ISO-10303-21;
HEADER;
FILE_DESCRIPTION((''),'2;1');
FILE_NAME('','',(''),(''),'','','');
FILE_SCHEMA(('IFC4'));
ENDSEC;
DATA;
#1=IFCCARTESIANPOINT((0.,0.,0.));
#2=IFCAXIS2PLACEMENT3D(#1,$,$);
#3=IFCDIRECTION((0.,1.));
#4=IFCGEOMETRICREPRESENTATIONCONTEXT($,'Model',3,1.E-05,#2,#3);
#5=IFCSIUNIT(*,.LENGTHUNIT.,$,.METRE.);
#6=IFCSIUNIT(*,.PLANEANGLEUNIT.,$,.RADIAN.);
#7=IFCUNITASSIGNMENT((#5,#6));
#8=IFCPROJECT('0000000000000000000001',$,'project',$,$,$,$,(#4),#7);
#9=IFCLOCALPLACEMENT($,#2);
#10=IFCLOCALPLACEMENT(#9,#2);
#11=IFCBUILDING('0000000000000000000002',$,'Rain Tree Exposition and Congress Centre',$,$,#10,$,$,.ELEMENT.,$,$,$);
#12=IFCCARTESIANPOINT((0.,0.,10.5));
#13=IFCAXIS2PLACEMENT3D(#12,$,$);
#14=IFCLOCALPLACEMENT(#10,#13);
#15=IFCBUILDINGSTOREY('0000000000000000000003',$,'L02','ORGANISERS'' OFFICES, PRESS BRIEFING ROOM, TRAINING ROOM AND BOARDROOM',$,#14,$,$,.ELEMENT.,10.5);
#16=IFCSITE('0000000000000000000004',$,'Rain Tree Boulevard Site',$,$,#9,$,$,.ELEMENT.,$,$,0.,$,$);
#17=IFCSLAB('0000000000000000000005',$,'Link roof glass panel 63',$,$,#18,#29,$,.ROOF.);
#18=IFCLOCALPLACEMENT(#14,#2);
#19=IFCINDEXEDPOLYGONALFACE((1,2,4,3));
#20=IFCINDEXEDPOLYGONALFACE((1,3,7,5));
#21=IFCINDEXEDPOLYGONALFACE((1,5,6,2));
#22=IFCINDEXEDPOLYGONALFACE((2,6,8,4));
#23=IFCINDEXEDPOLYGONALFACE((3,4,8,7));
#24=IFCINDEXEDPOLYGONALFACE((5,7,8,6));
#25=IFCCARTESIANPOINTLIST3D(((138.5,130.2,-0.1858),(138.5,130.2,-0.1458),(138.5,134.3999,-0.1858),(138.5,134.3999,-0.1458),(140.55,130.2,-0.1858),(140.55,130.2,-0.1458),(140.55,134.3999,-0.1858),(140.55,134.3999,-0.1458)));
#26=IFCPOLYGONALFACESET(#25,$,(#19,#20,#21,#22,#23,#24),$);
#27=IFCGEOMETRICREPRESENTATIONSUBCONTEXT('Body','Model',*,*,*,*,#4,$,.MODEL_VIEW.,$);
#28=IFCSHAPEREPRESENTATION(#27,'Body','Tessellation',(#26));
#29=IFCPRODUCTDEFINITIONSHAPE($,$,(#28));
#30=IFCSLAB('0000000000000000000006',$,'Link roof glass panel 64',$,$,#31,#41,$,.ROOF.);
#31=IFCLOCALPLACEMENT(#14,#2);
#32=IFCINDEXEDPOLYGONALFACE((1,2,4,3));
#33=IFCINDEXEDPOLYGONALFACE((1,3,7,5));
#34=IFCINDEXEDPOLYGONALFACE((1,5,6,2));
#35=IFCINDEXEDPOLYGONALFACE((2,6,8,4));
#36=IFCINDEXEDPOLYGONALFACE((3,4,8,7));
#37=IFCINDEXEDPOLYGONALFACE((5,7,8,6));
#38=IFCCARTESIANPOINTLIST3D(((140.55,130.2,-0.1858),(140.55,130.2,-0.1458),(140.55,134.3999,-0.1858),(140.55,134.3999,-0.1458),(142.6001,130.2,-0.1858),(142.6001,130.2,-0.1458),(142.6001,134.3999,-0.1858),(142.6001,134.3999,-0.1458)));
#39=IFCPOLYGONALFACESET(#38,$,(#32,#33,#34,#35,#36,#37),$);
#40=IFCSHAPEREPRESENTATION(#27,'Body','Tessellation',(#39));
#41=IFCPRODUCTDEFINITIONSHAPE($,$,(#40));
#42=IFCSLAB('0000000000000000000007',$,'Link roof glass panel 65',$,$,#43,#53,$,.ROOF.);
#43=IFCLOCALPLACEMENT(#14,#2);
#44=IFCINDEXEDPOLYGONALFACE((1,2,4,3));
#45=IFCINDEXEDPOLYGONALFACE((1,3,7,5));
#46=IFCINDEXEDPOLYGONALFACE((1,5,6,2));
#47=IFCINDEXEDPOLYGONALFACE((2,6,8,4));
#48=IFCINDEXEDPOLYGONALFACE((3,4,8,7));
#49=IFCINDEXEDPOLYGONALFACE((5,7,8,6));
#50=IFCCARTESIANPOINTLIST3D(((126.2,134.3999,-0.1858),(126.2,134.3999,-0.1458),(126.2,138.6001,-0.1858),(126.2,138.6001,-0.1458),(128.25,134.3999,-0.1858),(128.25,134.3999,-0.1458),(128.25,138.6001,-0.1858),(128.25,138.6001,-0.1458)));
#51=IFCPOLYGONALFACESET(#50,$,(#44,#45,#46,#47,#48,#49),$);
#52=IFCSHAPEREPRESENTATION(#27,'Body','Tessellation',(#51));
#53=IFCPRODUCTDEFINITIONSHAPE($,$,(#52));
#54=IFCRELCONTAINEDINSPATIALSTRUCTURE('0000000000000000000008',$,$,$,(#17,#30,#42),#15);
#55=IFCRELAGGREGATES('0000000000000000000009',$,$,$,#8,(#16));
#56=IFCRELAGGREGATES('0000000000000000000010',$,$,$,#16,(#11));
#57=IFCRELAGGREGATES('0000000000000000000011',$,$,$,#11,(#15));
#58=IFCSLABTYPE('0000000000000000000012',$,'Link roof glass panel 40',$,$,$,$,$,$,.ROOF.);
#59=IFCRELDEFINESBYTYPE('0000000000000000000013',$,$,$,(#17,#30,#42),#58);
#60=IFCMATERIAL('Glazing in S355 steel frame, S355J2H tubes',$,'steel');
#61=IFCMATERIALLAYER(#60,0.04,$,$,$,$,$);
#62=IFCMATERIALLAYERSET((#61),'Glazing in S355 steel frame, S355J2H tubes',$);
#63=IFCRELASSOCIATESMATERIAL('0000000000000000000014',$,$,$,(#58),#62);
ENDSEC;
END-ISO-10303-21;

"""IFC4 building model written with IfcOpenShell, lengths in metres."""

from ifc_helpers import new_model, si_unit, direction, frame, origin, place, context, subcontext, project, spatial, polyline, outline, extrude, material, layer, layer_set, type_object, element, save


model = new_model("IFC4")

# Units and contexts
model_context = context("Model", 3, precision=1e-05, world=origin(), true_north=direction((0.0, 1.0)))
body_context = subcontext(model_context, "Body", "Model", "MODEL_VIEW")
ifc_project = project(units=[si_unit("LENGTHUNIT", "METRE"), si_unit("PLANEANGLEUNIT", "RADIAN")], contexts=[model_context])

# Site, building, storey
site_placement = place(None, origin())
site = spatial("IfcSite", under=ifc_project, at=site_placement, Name="Rain Tree Boulevard Site", CompositionType="ELEMENT", RefElevation=0.0)
building_placement = place(site_placement, origin())
building = spatial("IfcBuilding", under=site, at=building_placement, Name="Rain Tree Exposition and Congress Centre", CompositionType="ELEMENT")
storey_placement = place(building_placement, frame((0.0, 0.0, 10.5)))
storey = spatial("IfcBuildingStorey", under=building, at=storey_placement, Name="L02", Description="ORGANISERS' OFFICES, PRESS BRIEFING ROOM, TRAINING ROOM AND BOARDROOM", CompositionType="ELEMENT", Elevation=10.5)

# Slabs
ifc_material = material(Name="Glazing in S355 steel frame, S355J2H tubes", Category="steel")
ifc_layer = layer(ifc_material, 0.04)
ifc_layer_set = layer_set([ifc_layer], Name="Glazing in S355 steel frame, S355J2H tubes")
slab_type = type_object("IfcSlabType", Name="Link roof glass panel 40", PredefinedType="ROOF", material=ifc_layer_set)
slab_1_placement = place(storey_placement, frame((0.0, 0.0, -0.1858)))
element("IfcSlab", 1, at=slab_1_placement, inside=storey, type_object=slab_type, Name="Link roof glass panel 63", PredefinedType="ROOF", context=body_context, shape_type="SweptSolid", body=[
    extrude(outline(polyline([(138.5, 130.2), (140.55, 130.2), (140.55, 134.3999), (138.5, 134.3999), (138.5, 130.2)])), origin(), (0.0, 0.0, 1.0), 0.04),
])
slab_2_placement = place(storey_placement, frame((0.0, 0.0, -0.1858)))
element("IfcSlab", 2, at=slab_2_placement, inside=storey, type_object=slab_type, Name="Link roof glass panel 64", PredefinedType="ROOF", context=body_context, shape_type="SweptSolid", body=[
    extrude(outline(polyline([(140.55, 130.2), (142.6001, 130.2), (142.6001, 134.3999), (140.55, 134.3999), (140.55, 130.2)])), origin(), (0.0, 0.0, 1.0), 0.04),
])
slab_3_placement = place(storey_placement, frame((0.0, 0.0, -0.1858)))
element("IfcSlab", 3, at=slab_3_placement, inside=storey, type_object=slab_type, Name="Link roof glass panel 65", PredefinedType="ROOF", context=body_context, shape_type="SweptSolid", body=[
    extrude(outline(polyline([(126.2, 134.3999), (128.25, 134.3999), (128.25, 138.6001), (126.2, 138.6001), (126.2, 134.3999)])), origin(), (0.0, 0.0, 1.0), 0.04),
])

save(model, "model.ifc")
